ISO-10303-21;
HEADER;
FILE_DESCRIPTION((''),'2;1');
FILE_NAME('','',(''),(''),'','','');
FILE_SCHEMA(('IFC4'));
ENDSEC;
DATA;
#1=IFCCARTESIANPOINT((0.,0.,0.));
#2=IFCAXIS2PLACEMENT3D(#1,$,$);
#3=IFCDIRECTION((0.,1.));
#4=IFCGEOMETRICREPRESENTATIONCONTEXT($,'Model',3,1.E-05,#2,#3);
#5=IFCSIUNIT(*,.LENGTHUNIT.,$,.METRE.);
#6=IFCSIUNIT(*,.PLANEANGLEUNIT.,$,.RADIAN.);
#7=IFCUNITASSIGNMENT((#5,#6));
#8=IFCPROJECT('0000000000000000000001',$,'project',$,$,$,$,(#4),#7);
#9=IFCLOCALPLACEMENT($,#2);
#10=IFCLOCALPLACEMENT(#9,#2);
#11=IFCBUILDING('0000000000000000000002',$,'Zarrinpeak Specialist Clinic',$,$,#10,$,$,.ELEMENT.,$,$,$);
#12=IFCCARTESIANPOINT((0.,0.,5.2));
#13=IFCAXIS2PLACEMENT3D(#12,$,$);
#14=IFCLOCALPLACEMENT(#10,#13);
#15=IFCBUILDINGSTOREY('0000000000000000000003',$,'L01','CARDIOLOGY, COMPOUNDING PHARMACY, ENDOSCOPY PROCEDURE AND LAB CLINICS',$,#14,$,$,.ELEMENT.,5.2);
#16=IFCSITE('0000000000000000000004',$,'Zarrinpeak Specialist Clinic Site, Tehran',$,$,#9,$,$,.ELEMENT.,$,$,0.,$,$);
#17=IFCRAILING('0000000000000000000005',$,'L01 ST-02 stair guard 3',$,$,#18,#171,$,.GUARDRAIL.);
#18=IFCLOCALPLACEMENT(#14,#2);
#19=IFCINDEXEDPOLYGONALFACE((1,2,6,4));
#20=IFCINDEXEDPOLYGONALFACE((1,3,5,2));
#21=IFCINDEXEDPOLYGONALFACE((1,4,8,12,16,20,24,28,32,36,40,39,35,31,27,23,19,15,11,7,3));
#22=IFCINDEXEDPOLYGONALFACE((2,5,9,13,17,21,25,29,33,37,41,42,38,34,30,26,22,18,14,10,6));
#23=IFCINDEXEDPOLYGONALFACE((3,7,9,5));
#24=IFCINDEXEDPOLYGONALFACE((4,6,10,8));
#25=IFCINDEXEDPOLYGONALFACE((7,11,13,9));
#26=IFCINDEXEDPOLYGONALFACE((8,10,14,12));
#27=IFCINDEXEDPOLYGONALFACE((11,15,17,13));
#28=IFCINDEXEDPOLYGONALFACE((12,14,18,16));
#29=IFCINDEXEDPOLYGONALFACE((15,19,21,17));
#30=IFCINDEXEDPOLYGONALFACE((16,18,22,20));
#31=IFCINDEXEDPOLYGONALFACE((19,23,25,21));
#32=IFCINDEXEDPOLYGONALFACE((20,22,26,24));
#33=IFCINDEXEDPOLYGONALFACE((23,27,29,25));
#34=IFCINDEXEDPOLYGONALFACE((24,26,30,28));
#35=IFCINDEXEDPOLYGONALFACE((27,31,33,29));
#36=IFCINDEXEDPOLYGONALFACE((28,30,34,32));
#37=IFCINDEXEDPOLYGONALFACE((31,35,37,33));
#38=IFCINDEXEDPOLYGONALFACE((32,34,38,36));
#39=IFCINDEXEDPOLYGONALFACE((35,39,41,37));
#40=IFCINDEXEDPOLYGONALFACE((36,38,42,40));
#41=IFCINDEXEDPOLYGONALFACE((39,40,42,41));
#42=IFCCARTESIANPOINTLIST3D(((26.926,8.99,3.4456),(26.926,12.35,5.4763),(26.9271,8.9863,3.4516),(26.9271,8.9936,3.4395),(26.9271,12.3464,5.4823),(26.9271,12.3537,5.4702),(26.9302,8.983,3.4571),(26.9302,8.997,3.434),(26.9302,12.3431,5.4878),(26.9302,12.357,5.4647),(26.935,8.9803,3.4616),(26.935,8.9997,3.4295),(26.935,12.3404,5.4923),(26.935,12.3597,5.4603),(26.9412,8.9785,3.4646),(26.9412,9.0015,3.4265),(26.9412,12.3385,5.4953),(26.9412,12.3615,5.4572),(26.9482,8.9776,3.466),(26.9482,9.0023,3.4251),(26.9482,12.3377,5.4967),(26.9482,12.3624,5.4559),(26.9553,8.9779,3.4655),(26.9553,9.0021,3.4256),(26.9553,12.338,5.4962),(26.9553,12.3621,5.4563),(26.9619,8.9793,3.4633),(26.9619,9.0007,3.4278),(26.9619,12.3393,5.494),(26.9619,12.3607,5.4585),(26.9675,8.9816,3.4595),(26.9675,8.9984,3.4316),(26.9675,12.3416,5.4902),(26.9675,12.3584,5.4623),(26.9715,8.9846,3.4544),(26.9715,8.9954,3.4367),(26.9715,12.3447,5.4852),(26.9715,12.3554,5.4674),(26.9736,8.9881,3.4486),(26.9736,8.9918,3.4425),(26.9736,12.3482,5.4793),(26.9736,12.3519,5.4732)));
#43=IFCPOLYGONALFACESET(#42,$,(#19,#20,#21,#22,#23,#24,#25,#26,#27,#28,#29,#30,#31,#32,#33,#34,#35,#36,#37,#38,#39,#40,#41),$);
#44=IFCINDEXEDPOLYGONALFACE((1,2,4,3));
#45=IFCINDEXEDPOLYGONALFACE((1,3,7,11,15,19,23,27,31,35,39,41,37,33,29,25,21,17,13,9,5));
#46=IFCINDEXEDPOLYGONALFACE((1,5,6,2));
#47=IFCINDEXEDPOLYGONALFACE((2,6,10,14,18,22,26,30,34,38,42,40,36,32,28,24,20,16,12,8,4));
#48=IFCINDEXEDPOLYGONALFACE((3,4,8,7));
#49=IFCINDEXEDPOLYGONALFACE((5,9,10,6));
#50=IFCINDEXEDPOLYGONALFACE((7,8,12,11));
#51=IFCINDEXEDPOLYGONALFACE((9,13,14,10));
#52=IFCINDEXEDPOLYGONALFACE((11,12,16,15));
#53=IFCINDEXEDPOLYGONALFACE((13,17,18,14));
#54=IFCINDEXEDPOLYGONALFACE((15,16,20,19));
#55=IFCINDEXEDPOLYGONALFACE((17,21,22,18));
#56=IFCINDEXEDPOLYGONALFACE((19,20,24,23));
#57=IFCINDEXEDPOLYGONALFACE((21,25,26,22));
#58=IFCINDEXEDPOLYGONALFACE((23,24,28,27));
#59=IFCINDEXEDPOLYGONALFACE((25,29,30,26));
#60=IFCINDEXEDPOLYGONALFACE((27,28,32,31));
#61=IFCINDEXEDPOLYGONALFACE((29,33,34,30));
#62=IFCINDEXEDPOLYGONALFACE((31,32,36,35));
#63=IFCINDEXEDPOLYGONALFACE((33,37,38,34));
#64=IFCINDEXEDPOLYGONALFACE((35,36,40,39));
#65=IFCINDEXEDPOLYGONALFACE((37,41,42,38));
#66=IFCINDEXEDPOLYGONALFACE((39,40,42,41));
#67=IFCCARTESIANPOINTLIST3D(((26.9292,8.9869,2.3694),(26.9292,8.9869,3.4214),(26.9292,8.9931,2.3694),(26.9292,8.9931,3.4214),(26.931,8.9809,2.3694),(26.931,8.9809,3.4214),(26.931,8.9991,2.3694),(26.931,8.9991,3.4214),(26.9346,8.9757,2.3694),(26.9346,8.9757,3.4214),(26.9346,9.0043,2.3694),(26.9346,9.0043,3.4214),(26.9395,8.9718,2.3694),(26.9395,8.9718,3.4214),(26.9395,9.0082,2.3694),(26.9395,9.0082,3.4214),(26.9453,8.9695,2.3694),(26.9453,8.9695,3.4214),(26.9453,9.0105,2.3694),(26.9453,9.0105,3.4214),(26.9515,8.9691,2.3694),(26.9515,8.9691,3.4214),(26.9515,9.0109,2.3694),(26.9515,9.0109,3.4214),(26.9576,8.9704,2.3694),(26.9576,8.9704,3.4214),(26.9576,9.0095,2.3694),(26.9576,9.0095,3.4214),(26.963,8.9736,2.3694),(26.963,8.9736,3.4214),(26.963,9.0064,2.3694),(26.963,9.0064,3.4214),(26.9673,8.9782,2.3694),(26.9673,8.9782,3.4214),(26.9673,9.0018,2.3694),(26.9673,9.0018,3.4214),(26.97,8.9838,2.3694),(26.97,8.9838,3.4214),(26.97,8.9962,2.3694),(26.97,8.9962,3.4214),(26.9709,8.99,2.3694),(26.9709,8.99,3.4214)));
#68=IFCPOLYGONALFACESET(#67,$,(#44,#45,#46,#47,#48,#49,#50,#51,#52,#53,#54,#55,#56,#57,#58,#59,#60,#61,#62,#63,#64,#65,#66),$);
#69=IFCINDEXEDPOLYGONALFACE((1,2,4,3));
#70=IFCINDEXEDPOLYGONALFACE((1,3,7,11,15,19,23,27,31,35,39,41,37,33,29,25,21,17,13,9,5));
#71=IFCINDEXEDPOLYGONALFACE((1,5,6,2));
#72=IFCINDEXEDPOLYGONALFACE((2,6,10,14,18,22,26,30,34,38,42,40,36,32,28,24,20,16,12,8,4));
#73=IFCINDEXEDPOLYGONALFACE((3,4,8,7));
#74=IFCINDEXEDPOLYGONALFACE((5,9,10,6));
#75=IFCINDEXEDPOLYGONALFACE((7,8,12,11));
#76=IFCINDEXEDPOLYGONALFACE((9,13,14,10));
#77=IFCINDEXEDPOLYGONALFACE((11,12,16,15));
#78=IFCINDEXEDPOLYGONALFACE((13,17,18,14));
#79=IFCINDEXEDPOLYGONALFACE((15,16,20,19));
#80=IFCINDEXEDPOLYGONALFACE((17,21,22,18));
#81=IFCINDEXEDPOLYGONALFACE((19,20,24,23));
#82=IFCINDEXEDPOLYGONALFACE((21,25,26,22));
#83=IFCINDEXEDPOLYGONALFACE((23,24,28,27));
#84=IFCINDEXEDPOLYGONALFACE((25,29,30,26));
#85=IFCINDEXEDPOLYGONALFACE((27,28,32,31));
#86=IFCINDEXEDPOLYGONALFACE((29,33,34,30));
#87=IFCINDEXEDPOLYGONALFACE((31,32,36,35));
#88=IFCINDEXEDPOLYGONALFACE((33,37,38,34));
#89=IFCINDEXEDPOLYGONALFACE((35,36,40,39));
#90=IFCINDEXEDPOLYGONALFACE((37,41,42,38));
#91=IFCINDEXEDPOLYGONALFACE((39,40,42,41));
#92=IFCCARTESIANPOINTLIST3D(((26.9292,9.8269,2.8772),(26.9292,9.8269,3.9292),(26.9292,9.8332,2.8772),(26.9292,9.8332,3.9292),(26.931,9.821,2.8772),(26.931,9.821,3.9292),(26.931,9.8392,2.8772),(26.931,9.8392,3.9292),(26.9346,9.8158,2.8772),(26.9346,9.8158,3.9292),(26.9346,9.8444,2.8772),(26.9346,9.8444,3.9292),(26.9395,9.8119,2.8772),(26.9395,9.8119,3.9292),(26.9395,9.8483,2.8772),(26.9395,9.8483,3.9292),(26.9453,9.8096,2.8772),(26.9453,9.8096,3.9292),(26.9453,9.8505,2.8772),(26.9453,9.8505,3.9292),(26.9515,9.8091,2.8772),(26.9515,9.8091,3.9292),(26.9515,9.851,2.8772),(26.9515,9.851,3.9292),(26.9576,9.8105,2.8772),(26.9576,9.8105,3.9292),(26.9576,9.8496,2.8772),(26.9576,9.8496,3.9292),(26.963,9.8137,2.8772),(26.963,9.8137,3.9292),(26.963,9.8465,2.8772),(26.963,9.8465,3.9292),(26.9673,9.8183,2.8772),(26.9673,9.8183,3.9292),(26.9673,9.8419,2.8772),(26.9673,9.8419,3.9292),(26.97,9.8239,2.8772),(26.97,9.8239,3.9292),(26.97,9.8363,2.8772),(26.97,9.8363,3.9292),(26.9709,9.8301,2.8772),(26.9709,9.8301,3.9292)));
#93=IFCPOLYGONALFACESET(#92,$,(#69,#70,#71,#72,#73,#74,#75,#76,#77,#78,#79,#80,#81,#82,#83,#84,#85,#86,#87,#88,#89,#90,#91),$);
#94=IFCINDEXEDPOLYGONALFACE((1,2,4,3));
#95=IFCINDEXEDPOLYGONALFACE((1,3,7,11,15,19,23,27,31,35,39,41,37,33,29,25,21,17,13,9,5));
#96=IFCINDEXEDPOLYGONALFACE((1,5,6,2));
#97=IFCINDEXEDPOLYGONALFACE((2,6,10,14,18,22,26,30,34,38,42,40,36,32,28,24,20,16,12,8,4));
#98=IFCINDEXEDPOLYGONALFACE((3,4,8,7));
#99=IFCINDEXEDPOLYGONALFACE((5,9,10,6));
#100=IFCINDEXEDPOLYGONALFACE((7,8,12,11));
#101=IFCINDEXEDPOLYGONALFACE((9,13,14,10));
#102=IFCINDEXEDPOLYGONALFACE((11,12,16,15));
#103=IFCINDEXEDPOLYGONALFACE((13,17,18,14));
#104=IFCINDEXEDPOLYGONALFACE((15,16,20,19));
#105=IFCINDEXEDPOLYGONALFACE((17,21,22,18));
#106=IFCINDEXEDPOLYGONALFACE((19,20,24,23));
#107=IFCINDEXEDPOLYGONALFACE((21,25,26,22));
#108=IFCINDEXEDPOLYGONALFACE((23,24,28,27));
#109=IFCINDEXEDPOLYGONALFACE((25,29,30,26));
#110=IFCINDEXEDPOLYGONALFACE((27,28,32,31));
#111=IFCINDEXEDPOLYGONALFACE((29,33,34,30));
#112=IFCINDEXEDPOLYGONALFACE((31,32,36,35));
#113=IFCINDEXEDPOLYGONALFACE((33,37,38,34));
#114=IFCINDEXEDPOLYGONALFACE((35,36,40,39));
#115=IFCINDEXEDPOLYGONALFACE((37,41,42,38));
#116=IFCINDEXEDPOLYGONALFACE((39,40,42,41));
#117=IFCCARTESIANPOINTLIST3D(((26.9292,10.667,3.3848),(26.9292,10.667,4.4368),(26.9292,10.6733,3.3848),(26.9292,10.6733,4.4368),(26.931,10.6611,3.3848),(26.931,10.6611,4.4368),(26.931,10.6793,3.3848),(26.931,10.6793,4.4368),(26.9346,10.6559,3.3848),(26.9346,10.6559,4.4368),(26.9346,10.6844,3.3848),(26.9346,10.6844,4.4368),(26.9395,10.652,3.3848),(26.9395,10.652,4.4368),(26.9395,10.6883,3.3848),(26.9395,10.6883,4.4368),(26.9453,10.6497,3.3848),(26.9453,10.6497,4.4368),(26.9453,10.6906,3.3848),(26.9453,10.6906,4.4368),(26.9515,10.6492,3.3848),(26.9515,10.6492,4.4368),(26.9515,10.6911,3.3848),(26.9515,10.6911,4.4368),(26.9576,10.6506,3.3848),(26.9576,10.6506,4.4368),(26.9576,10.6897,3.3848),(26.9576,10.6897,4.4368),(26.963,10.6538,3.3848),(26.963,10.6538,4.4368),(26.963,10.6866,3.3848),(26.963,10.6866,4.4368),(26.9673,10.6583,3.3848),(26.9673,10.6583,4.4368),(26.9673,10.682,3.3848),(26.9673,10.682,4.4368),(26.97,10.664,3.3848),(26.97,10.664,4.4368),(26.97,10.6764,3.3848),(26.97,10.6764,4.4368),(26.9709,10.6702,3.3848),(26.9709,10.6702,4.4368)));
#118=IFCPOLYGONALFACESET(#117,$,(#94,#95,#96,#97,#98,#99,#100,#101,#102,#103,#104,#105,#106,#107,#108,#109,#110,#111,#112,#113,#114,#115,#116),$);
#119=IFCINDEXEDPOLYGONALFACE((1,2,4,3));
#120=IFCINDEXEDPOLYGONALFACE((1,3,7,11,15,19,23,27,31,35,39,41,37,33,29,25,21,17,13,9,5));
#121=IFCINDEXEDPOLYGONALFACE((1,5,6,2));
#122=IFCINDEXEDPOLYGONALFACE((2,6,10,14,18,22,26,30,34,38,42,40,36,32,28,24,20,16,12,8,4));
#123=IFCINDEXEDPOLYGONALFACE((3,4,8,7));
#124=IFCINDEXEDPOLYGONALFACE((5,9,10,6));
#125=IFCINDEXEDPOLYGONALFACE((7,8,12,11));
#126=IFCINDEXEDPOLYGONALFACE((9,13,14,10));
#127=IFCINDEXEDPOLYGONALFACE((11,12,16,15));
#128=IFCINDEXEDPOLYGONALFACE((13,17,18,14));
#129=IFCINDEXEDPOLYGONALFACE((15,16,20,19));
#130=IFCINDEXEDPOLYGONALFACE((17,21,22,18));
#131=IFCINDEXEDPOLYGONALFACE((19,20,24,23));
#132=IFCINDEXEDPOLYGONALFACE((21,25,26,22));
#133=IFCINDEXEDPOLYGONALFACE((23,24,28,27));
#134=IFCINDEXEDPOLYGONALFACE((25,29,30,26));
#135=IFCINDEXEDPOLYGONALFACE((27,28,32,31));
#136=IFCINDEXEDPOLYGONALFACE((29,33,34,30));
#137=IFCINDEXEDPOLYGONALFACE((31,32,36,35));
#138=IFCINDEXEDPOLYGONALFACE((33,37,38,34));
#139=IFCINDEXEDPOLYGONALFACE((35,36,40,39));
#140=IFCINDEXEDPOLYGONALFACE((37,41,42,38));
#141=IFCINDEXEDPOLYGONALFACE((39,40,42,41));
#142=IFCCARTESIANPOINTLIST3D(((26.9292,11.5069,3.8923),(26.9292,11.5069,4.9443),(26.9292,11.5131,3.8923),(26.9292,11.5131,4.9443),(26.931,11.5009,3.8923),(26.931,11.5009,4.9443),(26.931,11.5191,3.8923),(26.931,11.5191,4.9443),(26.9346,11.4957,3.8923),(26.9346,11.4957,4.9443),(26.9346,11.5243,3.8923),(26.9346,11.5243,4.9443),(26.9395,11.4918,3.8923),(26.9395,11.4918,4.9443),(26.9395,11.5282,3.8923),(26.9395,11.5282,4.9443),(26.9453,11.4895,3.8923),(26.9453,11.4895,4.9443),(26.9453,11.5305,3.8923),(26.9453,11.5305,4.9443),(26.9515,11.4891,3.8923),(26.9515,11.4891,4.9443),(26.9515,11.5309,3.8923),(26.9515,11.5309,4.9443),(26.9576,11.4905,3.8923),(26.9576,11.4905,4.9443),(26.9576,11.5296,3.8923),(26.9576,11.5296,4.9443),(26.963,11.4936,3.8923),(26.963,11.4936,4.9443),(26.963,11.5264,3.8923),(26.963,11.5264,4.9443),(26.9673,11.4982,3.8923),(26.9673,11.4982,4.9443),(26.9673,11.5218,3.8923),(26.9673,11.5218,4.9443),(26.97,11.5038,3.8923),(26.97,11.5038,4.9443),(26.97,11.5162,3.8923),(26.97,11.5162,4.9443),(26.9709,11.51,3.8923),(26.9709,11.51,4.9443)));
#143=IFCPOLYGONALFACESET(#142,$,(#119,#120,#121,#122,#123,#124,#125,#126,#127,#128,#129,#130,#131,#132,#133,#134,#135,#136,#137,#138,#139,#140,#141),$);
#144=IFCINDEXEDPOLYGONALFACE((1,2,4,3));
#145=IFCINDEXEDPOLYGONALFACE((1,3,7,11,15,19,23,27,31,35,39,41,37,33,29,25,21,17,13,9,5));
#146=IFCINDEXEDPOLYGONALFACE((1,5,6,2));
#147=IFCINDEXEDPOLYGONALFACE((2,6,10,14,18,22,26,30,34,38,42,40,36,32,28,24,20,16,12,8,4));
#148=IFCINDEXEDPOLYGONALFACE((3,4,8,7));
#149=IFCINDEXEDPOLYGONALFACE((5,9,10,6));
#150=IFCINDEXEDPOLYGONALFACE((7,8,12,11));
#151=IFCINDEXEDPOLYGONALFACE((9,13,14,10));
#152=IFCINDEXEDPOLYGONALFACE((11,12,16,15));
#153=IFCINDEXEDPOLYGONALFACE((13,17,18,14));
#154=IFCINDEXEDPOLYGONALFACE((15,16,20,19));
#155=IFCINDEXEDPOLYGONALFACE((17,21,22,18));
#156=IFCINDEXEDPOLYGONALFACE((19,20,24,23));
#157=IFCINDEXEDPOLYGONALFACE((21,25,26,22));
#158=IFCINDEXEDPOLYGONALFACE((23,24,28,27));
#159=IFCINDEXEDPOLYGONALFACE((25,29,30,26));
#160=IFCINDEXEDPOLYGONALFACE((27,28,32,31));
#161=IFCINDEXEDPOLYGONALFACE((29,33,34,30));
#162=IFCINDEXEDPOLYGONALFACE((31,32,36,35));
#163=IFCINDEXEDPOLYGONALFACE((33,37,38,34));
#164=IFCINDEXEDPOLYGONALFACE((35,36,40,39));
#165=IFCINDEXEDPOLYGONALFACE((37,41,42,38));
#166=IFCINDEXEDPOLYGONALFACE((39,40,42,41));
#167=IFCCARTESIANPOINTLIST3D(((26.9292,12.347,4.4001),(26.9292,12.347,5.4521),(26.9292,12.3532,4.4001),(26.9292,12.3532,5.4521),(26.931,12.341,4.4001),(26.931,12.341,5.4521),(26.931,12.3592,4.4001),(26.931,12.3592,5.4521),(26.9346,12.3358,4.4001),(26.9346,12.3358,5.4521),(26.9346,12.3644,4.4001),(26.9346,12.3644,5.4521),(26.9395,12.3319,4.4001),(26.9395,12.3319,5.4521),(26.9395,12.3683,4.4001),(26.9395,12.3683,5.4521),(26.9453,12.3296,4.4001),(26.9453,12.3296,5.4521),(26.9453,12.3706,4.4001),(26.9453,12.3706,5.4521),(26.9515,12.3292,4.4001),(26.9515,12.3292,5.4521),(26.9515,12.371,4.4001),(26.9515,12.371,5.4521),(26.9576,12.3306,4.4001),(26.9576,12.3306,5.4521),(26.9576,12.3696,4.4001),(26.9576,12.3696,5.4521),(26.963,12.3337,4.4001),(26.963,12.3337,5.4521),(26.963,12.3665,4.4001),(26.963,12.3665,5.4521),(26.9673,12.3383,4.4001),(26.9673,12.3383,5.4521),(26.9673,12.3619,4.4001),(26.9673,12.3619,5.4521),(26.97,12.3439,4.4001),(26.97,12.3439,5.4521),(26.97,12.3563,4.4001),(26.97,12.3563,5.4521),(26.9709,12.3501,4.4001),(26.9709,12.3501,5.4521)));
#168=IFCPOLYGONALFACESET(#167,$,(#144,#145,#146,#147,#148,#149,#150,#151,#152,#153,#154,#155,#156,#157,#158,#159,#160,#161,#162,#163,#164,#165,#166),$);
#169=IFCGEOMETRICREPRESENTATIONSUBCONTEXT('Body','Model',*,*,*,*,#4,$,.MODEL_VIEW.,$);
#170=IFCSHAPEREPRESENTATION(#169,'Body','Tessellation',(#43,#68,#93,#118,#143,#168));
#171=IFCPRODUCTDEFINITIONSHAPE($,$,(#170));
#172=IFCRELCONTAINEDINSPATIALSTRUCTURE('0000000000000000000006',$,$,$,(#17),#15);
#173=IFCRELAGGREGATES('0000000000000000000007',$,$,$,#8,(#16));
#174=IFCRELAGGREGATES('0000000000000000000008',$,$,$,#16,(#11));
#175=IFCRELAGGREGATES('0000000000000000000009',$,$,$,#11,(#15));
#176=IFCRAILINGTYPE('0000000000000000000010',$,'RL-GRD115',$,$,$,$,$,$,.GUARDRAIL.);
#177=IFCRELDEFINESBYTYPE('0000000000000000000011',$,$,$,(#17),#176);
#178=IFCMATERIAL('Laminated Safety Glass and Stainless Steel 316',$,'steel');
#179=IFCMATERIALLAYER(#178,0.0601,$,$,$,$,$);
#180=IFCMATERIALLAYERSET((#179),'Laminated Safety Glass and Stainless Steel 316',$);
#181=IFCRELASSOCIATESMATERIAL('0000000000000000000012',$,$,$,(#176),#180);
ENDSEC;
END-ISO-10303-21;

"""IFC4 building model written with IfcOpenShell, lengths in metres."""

from ifc_helpers import new_model, si_unit, direction, frame, origin, origin_2d, place, context, subcontext, project, spatial, circle, extrude, material, layer, layer_set, type_object, element, save


model = new_model("IFC4")

# Units and contexts
model_context = context("Model", 3, precision=1e-05, world=origin(), true_north=direction((0.0, 1.0)))
body_context = subcontext(model_context, "Body", "Model", "MODEL_VIEW")
ifc_project = project(units=[si_unit("LENGTHUNIT", "METRE"), si_unit("PLANEANGLEUNIT", "RADIAN")], contexts=[model_context])

# Site, building, storey
site_placement = place(None, origin())
site = spatial("IfcSite", under=ifc_project, at=site_placement, Name="Zarrinpeak Specialist Clinic Site, Tehran", CompositionType="ELEMENT", RefElevation=0.0)
building_placement = place(site_placement, origin())
building = spatial("IfcBuilding", under=site, at=building_placement, Name="Zarrinpeak Specialist Clinic", CompositionType="ELEMENT")
storey_placement = place(building_placement, frame((0.0, 0.0, 5.2)))
storey = spatial("IfcBuildingStorey", under=building, at=storey_placement, Name="L01", Description="CARDIOLOGY, COMPOUNDING PHARMACY, ENDOSCOPY PROCEDURE AND LAB CLINICS", CompositionType="ELEMENT", Elevation=5.2)

# Railing
ifc_material_1 = material(Name="Laminated Safety Glass and Stainless Steel 316", Category="steel")
ifc_layer_1 = layer(ifc_material_1, 0.0601)
ifc_layer_set_1 = layer_set([ifc_layer_1], Name="Laminated Safety Glass and Stainless Steel 316")
railing_type_1 = type_object("IfcRailingType", Name="RL-GRD115", PredefinedType="GUARDRAIL", material=ifc_layer_set_1)
railing_1_placement = place(storey_placement, frame((26.95, 8.99, 2.3694)))
element("IfcRailing", 1, at=railing_1_placement, inside=storey, type_object=railing_type_1, Name="L01 ST-02 stair guard 3", PredefinedType="GUARDRAIL", context=body_context, shape_type="SweptSolid", body=[
    extrude(circle(Radius=0.0239, at=origin_2d()), frame((0.0, 0.0, 1.0762), z_axis=(0.0, 0.855837, 0.517246), x_axis=(-1.0, 0.0, 0.0)), (0.0, 0.0, 1.0), 3.926),
    extrude(circle(Radius=0.021, at=origin_2d()), origin(), (0.0, 0.0, 1.0), 1.052),
    extrude(circle(Radius=0.021, at=origin_2d()), frame((0.0, 0.8401, 0.5078)), (0.0, 0.0, 1.0), 1.052),
    extrude(circle(Radius=0.021, at=origin_2d()), frame((0.0, 1.6802, 1.0154)), (0.0, 0.0, 1.0), 1.052),
    extrude(circle(Radius=0.021, at=origin_2d()), frame((0.0, 2.52, 1.5229)), (0.0, 0.0, 1.0), 1.052),
    extrude(circle(Radius=0.021, at=origin_2d()), frame((0.0, 3.3601, 2.0308)), (0.0, 0.0, 1.0), 1.052),
])

save(model, "model.ifc")
